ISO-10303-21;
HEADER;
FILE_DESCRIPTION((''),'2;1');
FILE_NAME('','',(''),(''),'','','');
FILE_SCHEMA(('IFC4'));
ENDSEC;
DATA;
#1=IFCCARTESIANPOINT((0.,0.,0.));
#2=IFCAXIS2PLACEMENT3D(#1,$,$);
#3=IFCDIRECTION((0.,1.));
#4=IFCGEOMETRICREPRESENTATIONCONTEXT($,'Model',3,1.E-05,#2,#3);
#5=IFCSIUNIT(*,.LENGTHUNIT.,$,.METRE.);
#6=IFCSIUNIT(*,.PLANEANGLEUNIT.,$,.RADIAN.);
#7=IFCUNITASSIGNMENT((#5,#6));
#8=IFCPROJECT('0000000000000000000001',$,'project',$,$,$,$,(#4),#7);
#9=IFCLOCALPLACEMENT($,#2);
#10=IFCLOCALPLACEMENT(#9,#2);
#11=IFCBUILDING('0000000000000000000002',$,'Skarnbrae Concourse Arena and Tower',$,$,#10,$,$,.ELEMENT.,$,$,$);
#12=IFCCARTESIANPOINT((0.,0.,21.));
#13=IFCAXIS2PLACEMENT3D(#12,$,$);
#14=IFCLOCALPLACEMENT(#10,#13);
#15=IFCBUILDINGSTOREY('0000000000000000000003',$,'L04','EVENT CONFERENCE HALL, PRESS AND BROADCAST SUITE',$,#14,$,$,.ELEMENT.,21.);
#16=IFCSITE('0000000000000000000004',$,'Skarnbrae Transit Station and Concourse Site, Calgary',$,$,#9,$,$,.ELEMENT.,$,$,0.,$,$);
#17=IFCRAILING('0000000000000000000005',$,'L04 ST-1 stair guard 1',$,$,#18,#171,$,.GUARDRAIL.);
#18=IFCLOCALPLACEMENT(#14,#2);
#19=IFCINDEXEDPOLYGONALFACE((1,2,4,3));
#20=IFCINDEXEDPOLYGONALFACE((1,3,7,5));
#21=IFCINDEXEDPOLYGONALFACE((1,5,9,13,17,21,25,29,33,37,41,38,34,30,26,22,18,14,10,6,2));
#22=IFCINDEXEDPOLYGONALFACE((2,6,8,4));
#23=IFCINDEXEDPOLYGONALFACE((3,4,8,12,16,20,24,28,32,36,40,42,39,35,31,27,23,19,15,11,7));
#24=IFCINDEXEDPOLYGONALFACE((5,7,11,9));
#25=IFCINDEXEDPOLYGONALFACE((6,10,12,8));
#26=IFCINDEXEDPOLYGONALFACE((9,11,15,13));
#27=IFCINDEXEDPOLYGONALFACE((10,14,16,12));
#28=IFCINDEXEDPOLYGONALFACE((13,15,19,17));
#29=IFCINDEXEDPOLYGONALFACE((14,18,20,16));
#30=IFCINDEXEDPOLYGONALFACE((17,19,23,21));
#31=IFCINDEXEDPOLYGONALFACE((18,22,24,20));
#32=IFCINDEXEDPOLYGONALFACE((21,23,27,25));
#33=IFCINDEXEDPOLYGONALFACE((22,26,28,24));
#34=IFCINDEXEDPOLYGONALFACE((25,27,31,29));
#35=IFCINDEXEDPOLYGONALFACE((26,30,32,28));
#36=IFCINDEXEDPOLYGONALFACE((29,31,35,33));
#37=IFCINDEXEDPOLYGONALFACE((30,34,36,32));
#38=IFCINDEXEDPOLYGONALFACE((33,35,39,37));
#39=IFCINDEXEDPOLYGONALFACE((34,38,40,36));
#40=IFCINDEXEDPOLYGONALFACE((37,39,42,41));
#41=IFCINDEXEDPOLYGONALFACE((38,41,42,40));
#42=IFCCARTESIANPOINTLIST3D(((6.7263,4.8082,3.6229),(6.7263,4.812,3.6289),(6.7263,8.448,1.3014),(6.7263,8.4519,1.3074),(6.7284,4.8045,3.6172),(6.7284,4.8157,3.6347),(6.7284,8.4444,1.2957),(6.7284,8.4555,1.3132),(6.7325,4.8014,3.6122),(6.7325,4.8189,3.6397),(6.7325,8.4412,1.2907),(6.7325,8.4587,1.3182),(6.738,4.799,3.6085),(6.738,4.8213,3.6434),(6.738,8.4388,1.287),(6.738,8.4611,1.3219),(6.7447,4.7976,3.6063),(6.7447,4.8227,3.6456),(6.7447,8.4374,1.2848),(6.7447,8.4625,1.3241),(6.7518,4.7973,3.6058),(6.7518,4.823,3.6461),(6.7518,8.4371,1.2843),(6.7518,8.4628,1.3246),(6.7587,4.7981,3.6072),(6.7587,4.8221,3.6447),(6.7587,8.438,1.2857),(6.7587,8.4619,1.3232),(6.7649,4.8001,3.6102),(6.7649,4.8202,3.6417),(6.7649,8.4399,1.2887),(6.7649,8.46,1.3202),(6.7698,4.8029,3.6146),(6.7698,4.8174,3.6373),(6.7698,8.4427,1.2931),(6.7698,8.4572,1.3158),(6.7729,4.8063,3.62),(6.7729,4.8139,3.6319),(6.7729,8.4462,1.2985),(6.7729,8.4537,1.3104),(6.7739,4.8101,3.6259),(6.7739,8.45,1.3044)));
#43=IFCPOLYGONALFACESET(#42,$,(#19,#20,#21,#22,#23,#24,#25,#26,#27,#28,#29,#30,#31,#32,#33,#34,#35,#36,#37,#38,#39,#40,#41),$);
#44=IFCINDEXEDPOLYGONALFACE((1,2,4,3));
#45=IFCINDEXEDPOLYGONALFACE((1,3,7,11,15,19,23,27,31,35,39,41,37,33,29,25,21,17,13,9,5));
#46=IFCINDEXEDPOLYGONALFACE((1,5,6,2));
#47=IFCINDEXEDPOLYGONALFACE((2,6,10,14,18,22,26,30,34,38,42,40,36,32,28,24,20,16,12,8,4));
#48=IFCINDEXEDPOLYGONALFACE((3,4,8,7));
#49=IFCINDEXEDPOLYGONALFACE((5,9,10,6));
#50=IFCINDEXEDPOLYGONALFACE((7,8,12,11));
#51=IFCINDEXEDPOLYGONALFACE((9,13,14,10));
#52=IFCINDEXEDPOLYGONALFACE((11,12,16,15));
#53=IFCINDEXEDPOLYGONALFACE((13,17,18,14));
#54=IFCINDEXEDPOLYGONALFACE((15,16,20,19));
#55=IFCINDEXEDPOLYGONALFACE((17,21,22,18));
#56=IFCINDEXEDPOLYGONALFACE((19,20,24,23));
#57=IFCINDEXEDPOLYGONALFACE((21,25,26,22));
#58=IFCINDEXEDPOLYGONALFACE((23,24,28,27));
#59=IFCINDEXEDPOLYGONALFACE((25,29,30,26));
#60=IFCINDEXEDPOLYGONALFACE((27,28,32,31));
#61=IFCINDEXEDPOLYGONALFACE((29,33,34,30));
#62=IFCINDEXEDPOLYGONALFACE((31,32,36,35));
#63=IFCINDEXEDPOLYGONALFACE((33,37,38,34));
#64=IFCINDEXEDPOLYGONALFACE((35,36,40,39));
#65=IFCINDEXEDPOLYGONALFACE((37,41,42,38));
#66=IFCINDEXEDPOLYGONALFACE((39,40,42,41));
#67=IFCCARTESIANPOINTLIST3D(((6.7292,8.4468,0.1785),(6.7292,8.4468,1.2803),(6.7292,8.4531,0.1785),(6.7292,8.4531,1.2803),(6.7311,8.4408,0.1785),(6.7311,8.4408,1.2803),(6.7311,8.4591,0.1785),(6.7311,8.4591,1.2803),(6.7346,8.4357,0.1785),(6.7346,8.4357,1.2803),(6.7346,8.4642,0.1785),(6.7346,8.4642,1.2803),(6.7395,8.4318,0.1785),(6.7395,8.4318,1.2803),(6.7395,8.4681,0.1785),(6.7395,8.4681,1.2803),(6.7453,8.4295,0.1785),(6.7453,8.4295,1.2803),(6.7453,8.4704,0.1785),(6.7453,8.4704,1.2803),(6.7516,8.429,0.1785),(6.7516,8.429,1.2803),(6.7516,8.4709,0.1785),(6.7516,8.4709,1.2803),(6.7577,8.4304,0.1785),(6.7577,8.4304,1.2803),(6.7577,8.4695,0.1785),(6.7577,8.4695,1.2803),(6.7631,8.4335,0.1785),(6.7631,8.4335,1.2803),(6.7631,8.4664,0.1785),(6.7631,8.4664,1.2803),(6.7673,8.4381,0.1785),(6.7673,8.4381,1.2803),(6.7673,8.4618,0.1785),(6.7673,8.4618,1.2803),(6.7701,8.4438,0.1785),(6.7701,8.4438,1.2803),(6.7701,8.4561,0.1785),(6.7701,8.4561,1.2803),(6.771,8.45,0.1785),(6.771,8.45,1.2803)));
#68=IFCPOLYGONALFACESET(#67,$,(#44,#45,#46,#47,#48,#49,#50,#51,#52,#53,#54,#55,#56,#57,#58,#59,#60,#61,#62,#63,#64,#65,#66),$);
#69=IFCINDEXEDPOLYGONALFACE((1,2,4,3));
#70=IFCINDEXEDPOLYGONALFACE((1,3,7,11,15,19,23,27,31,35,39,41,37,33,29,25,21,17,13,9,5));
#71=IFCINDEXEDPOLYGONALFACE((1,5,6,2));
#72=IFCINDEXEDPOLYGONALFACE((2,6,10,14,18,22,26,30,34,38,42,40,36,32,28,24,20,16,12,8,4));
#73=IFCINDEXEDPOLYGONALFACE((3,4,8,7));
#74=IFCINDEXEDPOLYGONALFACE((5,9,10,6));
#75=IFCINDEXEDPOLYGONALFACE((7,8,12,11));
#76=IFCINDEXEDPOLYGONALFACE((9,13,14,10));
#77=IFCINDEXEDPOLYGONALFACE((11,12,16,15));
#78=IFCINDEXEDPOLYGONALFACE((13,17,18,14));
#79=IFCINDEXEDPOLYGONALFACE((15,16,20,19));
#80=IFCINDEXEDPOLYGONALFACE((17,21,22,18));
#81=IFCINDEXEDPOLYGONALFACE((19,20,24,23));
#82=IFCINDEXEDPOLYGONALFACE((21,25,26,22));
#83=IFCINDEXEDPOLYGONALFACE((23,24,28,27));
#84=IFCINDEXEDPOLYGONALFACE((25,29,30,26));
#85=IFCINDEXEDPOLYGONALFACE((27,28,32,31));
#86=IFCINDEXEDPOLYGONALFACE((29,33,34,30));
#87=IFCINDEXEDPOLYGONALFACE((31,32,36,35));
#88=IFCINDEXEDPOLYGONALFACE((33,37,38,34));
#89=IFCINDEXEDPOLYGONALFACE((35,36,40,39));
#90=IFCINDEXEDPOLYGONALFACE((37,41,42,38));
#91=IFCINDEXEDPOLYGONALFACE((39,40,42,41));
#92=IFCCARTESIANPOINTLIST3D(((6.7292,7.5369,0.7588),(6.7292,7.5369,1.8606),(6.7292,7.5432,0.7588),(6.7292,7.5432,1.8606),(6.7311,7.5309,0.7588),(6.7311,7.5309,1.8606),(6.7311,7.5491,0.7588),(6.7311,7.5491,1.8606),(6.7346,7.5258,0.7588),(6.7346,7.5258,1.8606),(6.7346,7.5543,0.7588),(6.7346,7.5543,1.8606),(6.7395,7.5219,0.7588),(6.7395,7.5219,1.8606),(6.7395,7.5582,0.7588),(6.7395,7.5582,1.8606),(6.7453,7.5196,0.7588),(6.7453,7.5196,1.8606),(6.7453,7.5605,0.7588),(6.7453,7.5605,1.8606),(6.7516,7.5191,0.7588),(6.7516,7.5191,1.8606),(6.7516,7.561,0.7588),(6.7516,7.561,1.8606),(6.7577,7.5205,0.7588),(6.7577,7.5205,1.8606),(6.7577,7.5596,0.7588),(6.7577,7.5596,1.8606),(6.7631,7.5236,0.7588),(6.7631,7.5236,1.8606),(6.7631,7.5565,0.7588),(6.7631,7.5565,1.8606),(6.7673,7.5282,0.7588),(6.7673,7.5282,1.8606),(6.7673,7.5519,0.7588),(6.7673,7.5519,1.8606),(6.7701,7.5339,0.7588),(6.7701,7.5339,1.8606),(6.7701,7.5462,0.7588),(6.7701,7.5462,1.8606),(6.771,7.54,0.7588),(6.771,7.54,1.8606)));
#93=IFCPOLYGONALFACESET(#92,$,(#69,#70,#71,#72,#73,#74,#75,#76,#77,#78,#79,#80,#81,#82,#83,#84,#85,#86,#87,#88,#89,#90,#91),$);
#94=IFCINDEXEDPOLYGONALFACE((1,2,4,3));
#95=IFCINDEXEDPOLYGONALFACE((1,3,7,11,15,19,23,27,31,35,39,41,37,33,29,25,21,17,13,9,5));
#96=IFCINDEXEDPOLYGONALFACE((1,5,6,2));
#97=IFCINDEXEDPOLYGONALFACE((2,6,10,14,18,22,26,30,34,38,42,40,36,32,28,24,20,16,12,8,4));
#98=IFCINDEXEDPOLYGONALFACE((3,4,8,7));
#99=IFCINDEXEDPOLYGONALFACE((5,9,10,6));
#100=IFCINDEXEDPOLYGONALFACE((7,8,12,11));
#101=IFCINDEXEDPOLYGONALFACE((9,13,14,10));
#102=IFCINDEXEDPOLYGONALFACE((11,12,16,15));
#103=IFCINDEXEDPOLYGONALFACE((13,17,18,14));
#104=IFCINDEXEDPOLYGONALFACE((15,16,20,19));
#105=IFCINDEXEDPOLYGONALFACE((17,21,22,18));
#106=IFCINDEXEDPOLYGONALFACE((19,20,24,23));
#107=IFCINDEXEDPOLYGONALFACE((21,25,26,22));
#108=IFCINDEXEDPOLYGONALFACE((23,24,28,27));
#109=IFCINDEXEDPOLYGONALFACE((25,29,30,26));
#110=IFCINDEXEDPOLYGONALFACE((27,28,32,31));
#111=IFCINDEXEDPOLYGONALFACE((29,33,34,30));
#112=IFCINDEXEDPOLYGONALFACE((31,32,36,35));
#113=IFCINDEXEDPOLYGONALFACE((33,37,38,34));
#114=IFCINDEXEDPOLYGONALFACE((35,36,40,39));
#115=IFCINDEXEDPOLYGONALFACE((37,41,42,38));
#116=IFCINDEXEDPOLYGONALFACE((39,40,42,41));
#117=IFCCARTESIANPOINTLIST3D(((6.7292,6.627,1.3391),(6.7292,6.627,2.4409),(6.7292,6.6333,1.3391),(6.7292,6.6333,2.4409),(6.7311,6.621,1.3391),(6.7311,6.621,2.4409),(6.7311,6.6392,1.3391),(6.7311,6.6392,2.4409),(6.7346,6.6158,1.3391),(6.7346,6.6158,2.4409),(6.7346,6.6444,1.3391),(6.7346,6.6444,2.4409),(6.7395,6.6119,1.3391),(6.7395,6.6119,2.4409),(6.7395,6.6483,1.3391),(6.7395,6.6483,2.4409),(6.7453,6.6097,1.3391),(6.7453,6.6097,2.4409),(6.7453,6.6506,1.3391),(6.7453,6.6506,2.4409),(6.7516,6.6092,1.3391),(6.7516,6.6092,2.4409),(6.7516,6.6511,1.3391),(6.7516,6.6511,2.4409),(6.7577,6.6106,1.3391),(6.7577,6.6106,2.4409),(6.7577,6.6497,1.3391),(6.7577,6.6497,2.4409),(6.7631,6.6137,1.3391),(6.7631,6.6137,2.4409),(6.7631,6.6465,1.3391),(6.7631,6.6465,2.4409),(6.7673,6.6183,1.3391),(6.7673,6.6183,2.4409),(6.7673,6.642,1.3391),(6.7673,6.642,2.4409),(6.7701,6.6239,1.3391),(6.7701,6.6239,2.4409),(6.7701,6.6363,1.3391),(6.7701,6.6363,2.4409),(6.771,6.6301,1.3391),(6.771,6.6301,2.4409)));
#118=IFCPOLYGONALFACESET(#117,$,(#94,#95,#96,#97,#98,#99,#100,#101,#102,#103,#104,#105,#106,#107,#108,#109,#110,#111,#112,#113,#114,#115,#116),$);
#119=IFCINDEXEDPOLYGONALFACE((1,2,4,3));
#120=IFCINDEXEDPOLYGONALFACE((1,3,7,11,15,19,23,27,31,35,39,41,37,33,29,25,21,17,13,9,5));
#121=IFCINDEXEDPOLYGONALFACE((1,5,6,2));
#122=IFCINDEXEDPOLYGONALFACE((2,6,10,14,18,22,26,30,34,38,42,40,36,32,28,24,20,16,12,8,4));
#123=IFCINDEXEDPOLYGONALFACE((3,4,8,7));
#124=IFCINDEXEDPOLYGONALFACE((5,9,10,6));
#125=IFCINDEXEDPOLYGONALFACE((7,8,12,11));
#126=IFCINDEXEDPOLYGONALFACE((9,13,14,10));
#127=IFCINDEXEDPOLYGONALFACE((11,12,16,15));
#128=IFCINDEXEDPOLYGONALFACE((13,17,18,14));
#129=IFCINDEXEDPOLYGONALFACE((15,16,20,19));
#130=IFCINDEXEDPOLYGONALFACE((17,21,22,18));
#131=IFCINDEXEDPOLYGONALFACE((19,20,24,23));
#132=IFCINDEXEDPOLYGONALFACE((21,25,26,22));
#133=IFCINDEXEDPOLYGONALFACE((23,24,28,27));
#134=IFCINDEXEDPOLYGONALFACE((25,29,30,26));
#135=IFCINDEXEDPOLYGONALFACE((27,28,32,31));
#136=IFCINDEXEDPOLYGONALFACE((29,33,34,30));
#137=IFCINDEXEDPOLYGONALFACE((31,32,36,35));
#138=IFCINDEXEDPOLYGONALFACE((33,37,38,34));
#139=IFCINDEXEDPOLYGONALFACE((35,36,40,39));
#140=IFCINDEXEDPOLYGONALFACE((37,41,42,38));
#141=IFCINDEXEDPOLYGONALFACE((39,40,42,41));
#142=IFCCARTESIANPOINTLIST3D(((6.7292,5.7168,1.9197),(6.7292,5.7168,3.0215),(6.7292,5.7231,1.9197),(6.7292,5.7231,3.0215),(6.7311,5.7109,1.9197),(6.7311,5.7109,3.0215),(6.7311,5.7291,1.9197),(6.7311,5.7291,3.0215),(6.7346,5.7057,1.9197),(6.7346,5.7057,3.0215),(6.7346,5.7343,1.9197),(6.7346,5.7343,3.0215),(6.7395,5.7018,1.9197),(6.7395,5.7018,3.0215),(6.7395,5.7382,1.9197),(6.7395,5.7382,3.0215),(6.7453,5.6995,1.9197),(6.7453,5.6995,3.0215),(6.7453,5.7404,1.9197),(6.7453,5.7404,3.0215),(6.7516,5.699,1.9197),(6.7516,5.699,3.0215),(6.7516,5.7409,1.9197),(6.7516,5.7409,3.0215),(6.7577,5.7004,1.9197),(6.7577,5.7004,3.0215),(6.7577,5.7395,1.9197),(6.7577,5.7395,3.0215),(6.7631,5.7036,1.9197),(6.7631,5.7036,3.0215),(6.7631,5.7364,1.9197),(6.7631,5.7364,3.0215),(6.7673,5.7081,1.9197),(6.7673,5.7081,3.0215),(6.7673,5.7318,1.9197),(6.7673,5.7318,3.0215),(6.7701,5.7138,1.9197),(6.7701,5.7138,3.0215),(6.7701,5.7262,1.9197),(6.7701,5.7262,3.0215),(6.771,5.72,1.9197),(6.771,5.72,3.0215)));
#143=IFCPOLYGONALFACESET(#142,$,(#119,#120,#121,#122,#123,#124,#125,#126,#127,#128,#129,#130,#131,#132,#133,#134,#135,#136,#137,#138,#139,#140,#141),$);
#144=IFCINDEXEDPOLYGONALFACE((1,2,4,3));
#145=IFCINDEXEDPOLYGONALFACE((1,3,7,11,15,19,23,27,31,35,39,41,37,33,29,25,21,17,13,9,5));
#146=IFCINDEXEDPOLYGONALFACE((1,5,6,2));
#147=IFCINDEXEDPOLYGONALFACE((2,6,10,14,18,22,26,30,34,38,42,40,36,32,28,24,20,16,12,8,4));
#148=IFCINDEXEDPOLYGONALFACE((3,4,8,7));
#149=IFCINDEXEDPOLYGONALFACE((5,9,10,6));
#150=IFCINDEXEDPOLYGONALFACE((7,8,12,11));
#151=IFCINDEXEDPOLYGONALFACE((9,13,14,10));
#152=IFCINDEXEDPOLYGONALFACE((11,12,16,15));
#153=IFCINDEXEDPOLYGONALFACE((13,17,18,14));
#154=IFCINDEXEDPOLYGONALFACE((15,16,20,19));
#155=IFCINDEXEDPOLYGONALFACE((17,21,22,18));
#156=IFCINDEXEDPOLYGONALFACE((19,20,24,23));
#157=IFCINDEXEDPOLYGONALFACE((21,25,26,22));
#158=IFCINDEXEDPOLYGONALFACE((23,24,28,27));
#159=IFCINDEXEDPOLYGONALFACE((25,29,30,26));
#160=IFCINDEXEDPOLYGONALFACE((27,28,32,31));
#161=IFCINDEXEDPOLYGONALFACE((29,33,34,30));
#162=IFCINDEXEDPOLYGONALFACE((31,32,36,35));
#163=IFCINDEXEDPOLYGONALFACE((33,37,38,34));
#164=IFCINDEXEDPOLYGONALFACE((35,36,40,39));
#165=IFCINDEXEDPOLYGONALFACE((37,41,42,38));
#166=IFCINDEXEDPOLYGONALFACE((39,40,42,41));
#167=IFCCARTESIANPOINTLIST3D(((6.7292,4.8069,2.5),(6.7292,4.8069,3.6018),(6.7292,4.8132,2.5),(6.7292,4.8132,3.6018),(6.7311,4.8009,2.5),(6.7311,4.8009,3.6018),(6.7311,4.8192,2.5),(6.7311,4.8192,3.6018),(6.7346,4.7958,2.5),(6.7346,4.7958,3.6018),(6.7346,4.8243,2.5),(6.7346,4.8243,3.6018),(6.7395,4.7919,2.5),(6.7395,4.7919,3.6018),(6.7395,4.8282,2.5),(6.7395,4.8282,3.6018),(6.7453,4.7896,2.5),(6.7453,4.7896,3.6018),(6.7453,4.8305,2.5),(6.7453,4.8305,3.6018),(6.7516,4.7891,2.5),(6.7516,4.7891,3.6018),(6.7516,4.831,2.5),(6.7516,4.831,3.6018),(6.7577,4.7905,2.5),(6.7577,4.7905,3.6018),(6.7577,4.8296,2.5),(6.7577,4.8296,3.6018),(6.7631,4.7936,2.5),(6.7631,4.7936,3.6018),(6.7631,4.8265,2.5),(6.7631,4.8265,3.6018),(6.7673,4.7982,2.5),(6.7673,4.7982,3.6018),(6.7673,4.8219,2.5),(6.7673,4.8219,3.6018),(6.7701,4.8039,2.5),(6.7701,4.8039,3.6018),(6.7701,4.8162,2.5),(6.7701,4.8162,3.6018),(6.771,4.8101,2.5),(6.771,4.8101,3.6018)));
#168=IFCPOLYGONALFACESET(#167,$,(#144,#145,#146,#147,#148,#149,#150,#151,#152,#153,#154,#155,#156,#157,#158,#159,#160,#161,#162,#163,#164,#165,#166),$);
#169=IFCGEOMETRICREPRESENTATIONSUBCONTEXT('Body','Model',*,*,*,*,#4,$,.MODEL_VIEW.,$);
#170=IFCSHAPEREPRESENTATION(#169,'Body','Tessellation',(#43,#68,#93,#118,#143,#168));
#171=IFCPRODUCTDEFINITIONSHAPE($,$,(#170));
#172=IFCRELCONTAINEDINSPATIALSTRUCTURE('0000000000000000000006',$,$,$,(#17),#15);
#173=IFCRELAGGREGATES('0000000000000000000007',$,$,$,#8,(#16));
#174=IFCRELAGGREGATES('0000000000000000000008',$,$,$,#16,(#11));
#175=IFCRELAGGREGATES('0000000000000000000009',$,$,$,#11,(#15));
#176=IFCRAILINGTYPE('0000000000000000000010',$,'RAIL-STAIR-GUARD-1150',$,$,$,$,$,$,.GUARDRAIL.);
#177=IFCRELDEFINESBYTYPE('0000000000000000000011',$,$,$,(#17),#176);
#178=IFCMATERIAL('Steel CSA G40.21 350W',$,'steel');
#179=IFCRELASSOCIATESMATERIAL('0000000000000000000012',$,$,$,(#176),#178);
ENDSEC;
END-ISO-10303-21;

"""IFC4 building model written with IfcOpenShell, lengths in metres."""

from ifc_helpers import new_model, si_unit, direction, frame, origin, origin_2d, place, context, subcontext, project, spatial, circle, extrude, material, type_object, element, save


model = new_model("IFC4")

# Units and contexts
model_context = context("Model", 3, precision=1e-05, world=origin(), true_north=direction((0.0, 1.0)))
body_context = subcontext(model_context, "Body", "Model", "MODEL_VIEW")
ifc_project = project(units=[si_unit("LENGTHUNIT", "METRE"), si_unit("PLANEANGLEUNIT", "RADIAN")], contexts=[model_context])

# Site, building, storey
site_placement = place(None, origin())
site = spatial("IfcSite", under=ifc_project, at=site_placement, Name="Skarnbrae Transit Station and Concourse Site, Calgary", CompositionType="ELEMENT", RefElevation=0.0)
building_placement = place(site_placement, origin())
building = spatial("IfcBuilding", under=site, at=building_placement, Name="Skarnbrae Concourse Arena and Tower", CompositionType="ELEMENT")
storey_placement = place(building_placement, frame((0.0, 0.0, 21.0)))
storey = spatial("IfcBuildingStorey", under=building, at=storey_placement, Name="L04", Description="EVENT CONFERENCE HALL, PRESS AND BROADCAST SUITE", CompositionType="ELEMENT", Elevation=21.0)

# Shared definitions
ifc_material_1 = material(Name="Steel CSA G40.21 350W", Category="steel")

# Railing
railing_type_1 = type_object("IfcRailingType", Name="RAIL-STAIR-GUARD-1150", PredefinedType="GUARDRAIL", material=ifc_material_1)
railing_1_placement = place(storey_placement, frame((6.75, 8.45, 0.1785)))
element("IfcRailing", 1, at=railing_1_placement, inside=storey, type_object=railing_type_1, Name="L04 ST-1 stair guard 1", PredefinedType="GUARDRAIL", context=body_context, shape_type="SweptSolid", body=[
    extrude(circle(Radius=0.0239, at=origin_2d()), frame((0.0, 0.0, 1.126), z_axis=(0.0, -0.843112, 0.537739), x_axis=(1.0, 0.0, 0.0)), (0.0, 0.0, 1.0), 4.3171),
    extrude(circle(Radius=0.021, at=origin_2d()), origin(), (0.0, 0.0, 1.0), 1.1018),
    extrude(circle(Radius=0.021, at=origin_2d()), frame((0.0, -0.9099, 0.5803)), (0.0, 0.0, 1.0), 1.1018),
    extrude(circle(Radius=0.021, at=origin_2d()), frame((0.0, -1.8198, 1.1606)), (0.0, 0.0, 1.0), 1.1018),
    extrude(circle(Radius=0.021, at=origin_2d()), frame((0.0, -2.73, 1.7412)), (0.0, 0.0, 1.0), 1.1018),
    extrude(circle(Radius=0.021, at=origin_2d()), frame((0.0, -3.6399, 2.3215)), (0.0, 0.0, 1.0), 1.1018),
])

save(model, "model.ifc")
